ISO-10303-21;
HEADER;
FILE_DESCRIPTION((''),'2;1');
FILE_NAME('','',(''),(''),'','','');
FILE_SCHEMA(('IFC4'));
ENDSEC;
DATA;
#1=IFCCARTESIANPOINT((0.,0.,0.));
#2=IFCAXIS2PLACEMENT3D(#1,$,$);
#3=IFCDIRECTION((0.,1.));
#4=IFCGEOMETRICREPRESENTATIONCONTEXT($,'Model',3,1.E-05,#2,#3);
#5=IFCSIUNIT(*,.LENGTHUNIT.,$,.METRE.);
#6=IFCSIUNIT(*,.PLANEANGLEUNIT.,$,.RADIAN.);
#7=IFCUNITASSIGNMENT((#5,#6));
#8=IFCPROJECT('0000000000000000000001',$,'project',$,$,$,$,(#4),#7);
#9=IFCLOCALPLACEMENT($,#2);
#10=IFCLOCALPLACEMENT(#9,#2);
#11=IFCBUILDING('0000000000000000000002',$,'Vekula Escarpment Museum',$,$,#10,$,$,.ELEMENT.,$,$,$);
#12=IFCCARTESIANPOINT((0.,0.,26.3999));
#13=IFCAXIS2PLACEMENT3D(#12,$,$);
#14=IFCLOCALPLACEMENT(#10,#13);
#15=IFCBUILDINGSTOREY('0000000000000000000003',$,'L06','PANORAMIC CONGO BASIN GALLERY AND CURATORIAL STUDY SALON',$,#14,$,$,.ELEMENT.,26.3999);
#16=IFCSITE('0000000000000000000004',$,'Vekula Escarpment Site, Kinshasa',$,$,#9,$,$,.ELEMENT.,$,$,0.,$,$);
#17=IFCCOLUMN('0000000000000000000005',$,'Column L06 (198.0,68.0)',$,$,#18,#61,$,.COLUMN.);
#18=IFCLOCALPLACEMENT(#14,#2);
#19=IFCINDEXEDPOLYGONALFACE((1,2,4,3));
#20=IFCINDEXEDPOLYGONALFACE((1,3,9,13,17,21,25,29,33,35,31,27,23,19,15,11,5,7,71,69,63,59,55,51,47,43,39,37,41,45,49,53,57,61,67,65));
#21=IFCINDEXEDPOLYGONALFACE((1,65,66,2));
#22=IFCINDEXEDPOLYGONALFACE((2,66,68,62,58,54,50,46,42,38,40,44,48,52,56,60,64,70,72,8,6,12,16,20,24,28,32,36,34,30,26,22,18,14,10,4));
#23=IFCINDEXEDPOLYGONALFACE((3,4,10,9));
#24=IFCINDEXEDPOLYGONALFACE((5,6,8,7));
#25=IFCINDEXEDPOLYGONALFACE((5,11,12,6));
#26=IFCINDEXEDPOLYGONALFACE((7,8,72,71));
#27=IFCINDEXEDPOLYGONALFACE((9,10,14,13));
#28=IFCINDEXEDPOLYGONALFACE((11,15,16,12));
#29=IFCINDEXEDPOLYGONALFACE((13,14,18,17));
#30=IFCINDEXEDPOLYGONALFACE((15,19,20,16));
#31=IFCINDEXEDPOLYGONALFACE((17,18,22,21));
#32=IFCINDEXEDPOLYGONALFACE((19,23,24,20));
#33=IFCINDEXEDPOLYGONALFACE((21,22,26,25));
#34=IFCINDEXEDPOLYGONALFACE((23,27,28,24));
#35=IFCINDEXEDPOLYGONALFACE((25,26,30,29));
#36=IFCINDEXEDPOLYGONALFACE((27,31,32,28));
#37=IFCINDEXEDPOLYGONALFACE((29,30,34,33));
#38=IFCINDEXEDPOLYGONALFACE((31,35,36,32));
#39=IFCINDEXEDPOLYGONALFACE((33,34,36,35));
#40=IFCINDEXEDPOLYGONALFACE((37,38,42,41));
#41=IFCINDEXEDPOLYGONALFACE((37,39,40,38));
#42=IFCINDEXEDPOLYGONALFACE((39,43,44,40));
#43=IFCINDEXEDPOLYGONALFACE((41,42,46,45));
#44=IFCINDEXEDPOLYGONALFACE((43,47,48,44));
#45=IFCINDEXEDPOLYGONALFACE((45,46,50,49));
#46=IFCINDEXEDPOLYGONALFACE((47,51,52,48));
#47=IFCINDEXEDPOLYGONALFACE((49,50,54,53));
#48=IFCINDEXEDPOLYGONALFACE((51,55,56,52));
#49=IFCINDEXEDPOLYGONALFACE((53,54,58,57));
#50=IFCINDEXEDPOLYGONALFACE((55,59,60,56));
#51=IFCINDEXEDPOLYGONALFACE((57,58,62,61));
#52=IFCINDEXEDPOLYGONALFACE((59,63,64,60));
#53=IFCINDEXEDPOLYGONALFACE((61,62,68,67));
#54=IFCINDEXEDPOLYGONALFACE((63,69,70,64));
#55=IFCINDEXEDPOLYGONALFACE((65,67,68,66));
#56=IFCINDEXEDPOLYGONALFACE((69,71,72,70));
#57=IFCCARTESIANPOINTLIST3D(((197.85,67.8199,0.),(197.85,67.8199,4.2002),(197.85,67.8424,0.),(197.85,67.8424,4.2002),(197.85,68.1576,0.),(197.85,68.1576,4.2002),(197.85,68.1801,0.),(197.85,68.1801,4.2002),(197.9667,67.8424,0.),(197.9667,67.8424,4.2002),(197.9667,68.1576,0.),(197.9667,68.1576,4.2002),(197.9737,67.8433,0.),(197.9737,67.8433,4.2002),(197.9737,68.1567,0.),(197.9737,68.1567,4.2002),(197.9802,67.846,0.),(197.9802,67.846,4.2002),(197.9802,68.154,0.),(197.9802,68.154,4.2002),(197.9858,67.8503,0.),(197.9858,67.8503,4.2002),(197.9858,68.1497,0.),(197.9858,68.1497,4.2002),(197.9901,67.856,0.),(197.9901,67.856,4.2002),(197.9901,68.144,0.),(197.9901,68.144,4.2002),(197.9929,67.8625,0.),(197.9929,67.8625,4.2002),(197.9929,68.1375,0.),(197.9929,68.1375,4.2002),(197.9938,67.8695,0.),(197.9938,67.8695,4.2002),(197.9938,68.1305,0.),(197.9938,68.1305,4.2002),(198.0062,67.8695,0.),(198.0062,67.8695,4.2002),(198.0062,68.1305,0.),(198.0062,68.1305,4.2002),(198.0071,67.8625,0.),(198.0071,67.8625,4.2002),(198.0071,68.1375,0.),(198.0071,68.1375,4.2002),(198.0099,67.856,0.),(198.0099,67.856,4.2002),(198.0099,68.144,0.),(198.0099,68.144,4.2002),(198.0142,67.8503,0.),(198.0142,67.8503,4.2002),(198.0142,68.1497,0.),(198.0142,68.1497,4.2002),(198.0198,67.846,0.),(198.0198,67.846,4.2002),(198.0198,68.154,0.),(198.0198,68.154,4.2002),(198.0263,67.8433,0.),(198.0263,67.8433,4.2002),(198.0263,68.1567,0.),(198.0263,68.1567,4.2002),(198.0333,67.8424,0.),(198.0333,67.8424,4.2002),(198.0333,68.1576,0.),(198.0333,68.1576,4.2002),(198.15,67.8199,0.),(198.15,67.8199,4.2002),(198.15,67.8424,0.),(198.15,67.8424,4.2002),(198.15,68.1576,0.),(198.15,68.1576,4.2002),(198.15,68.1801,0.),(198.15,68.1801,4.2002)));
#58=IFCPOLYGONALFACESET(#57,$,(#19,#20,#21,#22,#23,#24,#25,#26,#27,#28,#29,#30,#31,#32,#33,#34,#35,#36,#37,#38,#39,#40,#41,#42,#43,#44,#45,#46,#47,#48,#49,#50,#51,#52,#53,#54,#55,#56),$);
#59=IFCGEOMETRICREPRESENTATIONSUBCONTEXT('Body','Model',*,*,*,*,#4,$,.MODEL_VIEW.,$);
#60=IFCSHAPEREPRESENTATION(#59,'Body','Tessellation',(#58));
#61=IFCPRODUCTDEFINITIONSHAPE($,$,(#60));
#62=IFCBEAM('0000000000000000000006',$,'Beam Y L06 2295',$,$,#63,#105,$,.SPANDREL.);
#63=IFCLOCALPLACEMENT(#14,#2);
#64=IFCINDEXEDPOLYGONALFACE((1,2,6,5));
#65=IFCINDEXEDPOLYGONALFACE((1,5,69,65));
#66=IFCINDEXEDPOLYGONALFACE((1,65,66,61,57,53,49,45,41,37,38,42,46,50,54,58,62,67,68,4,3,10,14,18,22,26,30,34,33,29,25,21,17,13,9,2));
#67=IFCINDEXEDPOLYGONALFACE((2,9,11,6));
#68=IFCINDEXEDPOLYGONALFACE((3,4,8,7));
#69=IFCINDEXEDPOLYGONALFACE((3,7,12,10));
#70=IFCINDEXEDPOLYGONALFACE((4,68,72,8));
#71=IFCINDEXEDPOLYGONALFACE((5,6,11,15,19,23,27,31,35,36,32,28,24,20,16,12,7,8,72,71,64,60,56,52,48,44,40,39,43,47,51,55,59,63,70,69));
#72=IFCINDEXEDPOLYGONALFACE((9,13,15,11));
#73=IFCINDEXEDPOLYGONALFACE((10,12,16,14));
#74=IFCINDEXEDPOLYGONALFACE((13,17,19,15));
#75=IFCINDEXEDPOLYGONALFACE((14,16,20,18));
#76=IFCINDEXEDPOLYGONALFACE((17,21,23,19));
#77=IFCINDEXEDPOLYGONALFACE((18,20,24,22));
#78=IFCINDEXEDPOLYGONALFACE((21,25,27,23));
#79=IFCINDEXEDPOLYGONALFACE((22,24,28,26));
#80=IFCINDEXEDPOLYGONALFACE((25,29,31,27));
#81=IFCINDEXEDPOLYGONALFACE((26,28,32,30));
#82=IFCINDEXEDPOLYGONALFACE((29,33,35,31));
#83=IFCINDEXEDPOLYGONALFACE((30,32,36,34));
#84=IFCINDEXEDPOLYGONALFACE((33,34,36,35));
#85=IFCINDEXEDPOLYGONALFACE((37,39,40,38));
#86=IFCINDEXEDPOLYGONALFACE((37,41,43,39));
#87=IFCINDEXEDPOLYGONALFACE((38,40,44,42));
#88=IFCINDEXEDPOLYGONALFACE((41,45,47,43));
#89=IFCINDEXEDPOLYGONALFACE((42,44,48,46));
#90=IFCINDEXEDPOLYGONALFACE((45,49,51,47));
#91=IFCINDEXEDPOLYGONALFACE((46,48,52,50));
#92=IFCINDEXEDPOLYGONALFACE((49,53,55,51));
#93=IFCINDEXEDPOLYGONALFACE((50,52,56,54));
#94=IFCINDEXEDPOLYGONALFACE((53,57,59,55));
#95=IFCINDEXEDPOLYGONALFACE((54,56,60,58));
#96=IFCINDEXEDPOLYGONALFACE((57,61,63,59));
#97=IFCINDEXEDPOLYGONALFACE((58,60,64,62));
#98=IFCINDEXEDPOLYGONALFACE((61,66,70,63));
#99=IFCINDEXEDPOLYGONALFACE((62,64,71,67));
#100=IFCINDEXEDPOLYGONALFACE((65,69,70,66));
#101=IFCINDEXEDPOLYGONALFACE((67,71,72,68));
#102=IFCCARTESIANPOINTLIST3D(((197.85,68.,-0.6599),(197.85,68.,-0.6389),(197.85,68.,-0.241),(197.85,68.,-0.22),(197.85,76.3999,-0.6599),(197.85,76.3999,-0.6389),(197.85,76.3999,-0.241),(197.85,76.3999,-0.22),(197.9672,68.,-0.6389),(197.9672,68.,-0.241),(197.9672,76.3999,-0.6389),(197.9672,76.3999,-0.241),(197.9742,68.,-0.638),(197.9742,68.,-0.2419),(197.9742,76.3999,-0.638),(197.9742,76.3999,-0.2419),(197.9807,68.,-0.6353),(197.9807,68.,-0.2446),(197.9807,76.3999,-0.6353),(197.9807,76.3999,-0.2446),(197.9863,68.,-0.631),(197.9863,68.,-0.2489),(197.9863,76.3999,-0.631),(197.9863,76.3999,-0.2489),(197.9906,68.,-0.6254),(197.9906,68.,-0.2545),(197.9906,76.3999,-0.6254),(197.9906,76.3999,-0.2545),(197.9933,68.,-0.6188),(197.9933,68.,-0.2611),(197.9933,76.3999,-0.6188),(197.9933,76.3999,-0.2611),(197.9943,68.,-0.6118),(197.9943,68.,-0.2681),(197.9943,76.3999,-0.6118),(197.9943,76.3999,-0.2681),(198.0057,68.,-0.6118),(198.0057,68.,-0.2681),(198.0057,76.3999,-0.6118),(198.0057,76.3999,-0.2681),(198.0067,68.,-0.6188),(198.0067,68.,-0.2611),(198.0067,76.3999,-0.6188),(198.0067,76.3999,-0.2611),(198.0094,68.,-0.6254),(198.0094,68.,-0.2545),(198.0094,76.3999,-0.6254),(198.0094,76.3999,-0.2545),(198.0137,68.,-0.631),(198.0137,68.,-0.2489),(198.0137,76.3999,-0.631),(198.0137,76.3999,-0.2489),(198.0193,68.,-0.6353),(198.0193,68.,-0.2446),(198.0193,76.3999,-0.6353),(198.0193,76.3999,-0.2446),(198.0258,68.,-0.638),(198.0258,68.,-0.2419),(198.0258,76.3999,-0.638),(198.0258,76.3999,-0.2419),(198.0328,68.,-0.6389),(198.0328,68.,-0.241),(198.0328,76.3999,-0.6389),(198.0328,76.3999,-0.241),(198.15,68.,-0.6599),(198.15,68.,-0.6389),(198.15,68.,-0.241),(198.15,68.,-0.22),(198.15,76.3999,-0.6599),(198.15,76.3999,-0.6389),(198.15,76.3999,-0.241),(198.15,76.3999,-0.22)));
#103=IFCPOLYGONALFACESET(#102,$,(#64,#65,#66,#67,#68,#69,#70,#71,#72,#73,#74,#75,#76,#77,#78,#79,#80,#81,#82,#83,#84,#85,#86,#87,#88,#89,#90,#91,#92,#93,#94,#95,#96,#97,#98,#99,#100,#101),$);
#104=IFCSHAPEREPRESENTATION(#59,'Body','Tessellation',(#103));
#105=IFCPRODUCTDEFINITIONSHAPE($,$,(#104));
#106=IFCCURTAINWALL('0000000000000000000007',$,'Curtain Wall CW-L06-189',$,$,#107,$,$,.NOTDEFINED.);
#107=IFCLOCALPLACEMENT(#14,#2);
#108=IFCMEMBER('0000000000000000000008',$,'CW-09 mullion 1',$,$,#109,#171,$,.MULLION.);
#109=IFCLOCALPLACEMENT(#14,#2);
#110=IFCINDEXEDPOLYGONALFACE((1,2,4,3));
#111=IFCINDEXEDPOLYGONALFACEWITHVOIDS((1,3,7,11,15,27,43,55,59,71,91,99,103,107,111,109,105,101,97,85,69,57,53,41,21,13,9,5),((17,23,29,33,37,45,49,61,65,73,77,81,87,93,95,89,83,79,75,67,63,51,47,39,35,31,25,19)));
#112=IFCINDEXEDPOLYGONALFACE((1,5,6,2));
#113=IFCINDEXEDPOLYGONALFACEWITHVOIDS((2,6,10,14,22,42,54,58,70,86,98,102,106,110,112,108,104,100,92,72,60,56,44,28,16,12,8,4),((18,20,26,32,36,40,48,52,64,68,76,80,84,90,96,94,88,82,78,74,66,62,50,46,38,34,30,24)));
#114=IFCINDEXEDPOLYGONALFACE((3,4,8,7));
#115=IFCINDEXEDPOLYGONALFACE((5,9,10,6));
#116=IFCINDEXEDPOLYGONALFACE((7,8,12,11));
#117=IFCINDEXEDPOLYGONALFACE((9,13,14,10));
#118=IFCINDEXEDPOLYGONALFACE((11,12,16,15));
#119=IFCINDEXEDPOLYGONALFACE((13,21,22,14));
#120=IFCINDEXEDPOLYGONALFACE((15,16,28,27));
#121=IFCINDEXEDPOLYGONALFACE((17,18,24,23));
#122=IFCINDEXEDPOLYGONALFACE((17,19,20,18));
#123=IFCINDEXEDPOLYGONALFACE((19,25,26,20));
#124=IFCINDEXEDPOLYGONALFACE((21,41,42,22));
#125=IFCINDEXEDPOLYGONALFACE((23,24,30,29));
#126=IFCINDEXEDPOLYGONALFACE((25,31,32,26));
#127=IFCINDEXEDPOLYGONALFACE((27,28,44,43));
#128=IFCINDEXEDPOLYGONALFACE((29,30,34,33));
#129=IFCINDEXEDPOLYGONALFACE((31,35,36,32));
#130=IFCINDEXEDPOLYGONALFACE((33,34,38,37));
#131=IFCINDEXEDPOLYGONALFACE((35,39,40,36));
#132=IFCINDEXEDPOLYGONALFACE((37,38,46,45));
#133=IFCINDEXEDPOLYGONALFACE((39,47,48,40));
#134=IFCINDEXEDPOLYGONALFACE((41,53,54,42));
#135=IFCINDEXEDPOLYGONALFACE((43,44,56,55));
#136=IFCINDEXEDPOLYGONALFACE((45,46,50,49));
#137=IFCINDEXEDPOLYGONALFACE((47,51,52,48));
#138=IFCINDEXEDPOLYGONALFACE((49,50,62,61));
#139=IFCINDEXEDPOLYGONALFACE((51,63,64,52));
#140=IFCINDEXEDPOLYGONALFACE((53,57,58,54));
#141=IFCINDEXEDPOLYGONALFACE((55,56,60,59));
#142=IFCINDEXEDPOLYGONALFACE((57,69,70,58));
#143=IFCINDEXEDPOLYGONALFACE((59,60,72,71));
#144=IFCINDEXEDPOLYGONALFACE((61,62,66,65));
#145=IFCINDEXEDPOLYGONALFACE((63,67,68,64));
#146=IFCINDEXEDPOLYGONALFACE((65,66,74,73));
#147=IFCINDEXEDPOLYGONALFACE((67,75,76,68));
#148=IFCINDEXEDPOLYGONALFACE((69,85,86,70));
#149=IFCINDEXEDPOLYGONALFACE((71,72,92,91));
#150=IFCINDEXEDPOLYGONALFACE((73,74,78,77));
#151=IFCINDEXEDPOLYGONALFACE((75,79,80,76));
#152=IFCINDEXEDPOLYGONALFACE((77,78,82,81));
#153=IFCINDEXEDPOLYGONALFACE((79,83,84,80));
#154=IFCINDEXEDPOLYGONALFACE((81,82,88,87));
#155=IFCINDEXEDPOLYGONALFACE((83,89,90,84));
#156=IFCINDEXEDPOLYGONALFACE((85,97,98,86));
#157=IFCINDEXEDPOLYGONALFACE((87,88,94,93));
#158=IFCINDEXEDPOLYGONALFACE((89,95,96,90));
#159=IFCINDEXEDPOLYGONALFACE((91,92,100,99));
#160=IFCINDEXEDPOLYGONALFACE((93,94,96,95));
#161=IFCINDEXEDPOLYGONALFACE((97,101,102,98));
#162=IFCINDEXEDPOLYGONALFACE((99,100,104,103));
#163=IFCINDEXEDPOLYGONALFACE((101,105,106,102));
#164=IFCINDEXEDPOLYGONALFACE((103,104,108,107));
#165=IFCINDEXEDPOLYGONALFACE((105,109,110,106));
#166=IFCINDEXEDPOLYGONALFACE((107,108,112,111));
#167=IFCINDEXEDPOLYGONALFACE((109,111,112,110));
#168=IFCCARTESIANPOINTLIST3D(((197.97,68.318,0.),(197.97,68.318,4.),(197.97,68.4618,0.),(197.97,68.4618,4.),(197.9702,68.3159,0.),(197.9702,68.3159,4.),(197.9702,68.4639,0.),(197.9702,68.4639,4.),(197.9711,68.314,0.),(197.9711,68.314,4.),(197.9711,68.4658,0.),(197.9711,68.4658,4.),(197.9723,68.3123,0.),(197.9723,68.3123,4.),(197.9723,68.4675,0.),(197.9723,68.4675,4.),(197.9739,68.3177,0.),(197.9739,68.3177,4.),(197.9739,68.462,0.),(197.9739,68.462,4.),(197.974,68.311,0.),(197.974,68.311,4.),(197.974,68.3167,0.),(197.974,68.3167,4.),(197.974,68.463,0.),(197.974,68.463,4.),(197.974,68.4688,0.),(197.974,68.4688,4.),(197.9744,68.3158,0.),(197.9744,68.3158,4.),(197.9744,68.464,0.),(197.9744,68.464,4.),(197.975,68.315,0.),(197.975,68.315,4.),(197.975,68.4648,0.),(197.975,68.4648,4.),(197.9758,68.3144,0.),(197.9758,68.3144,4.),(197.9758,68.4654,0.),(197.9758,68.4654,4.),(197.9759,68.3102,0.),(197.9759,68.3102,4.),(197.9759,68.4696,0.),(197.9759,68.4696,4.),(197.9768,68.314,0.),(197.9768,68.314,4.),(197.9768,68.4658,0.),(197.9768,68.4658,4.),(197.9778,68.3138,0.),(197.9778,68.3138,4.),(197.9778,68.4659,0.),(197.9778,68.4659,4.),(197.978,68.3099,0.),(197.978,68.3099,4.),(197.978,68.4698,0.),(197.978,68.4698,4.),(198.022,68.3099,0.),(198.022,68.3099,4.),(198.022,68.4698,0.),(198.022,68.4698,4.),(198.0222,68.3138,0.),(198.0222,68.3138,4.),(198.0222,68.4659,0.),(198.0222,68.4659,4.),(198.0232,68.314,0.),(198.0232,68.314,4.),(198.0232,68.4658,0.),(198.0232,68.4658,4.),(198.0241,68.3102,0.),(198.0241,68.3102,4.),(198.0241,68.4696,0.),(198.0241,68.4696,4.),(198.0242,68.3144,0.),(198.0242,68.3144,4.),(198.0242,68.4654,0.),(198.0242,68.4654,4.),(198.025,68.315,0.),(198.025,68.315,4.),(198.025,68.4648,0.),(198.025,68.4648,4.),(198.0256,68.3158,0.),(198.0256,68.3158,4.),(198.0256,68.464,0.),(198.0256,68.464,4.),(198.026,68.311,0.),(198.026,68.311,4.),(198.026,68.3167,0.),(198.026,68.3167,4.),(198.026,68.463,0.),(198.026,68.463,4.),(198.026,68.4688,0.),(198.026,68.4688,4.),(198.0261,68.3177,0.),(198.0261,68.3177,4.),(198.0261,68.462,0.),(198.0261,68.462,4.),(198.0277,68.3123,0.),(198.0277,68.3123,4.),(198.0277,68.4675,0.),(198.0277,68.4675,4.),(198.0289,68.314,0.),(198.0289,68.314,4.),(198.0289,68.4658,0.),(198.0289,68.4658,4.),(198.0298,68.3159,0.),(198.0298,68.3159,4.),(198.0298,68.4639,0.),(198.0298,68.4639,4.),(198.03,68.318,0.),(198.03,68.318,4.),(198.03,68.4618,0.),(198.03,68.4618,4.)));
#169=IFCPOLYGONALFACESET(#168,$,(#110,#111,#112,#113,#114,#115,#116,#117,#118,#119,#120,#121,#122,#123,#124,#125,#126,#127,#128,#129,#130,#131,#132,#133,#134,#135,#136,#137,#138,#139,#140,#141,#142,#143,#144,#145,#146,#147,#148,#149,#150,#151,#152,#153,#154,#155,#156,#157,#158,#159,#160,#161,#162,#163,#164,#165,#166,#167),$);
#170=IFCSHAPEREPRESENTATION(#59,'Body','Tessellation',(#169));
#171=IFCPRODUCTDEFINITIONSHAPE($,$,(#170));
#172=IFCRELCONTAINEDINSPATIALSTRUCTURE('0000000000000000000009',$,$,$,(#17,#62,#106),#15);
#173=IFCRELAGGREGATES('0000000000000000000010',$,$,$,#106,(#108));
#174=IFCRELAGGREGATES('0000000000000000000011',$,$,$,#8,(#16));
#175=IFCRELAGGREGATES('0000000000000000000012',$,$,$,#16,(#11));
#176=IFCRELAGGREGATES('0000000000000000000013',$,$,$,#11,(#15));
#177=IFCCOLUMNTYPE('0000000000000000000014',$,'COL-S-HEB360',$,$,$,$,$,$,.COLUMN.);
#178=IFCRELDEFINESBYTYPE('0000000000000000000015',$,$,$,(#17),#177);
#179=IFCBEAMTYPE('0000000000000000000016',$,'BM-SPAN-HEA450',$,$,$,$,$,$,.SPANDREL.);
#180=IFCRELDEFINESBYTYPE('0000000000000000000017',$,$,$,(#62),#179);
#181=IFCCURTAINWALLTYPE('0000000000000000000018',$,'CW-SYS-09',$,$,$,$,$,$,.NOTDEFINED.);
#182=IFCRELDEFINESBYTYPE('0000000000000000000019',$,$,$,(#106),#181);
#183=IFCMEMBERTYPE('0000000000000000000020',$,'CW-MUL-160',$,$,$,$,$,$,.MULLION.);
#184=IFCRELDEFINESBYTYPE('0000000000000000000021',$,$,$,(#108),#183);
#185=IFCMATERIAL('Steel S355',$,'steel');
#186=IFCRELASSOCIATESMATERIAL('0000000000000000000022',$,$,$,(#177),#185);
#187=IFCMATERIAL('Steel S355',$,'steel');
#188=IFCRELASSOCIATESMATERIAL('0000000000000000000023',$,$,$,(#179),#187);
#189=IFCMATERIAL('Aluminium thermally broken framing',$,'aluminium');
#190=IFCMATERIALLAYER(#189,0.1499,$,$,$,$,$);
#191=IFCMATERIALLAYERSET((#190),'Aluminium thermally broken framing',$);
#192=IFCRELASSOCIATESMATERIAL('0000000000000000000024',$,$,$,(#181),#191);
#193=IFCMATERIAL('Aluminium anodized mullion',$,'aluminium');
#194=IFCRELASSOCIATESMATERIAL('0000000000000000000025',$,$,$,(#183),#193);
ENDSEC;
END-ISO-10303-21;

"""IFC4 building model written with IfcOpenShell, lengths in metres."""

from ifc_helpers import new_model, si_unit, direction, frame, origin, origin_2d, place, context, subcontext, project, spatial, hollow_rectangle, i_section, extrude, material, layer, layer_set, material_profile, profile_set, type_object, element, aggregate, save


model = new_model("IFC4")

# Units and contexts
model_context = context("Model", 3, precision=1e-05, world=origin(), true_north=direction((0.0, 1.0)))
body_context = subcontext(model_context, "Body", "Model", "MODEL_VIEW")
ifc_project = project(units=[si_unit("LENGTHUNIT", "METRE"), si_unit("PLANEANGLEUNIT", "RADIAN")], contexts=[model_context])

# Site, building, storey
site_placement = place(None, origin())
site = spatial("IfcSite", under=ifc_project, at=site_placement, Name="Vekula Escarpment Site, Kinshasa", CompositionType="ELEMENT", RefElevation=0.0)
building_placement = place(site_placement, origin())
building = spatial("IfcBuilding", under=site, at=building_placement, Name="Vekula Escarpment Museum", CompositionType="ELEMENT")
storey_placement = place(building_placement, frame((0.0, 0.0, 26.3999)))
storey = spatial("IfcBuildingStorey", under=building, at=storey_placement, Name="L06", Description="PANORAMIC CONGO BASIN GALLERY AND CURATORIAL STUDY SALON", CompositionType="ELEMENT", Elevation=26.3999)

# Column
ifc_material_1 = material(Name="Steel S355", Category="steel")
ifc_material_profile_1 = material_profile(ifc_material_1, i_section(OverallWidth=0.3, OverallDepth=0.3601, WebThickness=0.0125, FlangeThickness=0.0225, FilletRadius=0.0271, at=origin_2d()), Name="HEB 360")
ifc_profile_set_1 = profile_set([ifc_material_profile_1], Name="Steel S355")
column_type = type_object("IfcColumnType", Name="COL-S-HEB360", PredefinedType="COLUMN", material=ifc_profile_set_1)
column_placement = place(storey_placement, frame((198.0, 68.0, 0.0), z_axis=(0.0, 0.0, 1.0), x_axis=(1.0, 0.0, 0.0)))
element("IfcColumn", 1, at=column_placement, inside=storey, type_object=column_type, Name="Column L06 (198.0,68.0)", PredefinedType="COLUMN", context=body_context, shape_type="SweptSolid", body=[
    extrude(i_section(OverallWidth=0.3, OverallDepth=0.3601, WebThickness=0.0125, FlangeThickness=0.0225, FilletRadius=0.0271, at=origin_2d()), origin(), (0.0, 0.0, 1.0), 4.2002),
])

# Beam
ifc_material_2 = material(Name="Steel S355", Category="steel")
ifc_material_profile_2 = material_profile(ifc_material_2, i_section(OverallWidth=0.3, OverallDepth=0.4399, WebThickness=0.0115, FlangeThickness=0.021, FilletRadius=0.0271, at=origin_2d()), Name="HEA 450")
ifc_profile_set_2 = profile_set([ifc_material_profile_2], Name="Steel S355")
beam_type = type_object("IfcBeamType", Name="BM-SPAN-HEA450", PredefinedType="SPANDREL", material=ifc_profile_set_2)
beam_placement = place(storey_placement, frame((198.0, 68.0, -0.4399), z_axis=(0.0, 1.0, 0.0), x_axis=(-1.0, 0.0, 0.0)))
element("IfcBeam", 2, at=beam_placement, inside=storey, type_object=beam_type, Name="Beam Y L06 2295", PredefinedType="SPANDREL", context=body_context, shape_type="SweptSolid", body=[
    extrude(i_section(OverallWidth=0.3, OverallDepth=0.4399, WebThickness=0.0115, FlangeThickness=0.021, FilletRadius=0.0271, at=origin_2d()), origin(), (0.0, 0.0, 1.0), 8.3999),
])

# Curtain wall, member
ifc_material_3 = material(Name="Aluminium thermally broken framing", Category="aluminium")
ifc_layer_1 = layer(ifc_material_3, 0.1499)
ifc_layer_set_1 = layer_set([ifc_layer_1], Name="Aluminium thermally broken framing")
curtain_wall_type = type_object("IfcCurtainWallType", Name="CW-SYS-09", PredefinedType="NOTDEFINED", material=ifc_layer_set_1)
curtain_wall_placement = place(storey_placement, origin())
curtain_wall = element("IfcCurtainWall", 3, at=curtain_wall_placement, inside=storey, type_object=curtain_wall_type, Name="Curtain Wall CW-L06-189", PredefinedType="NOTDEFINED")
ifc_material_4 = material(Name="Aluminium anodized mullion", Category="aluminium")
ifc_material_profile_3 = material_profile(ifc_material_4, hollow_rectangle(XDim=0.0601, YDim=0.1599, WallThickness=0.0039, InnerFilletRadius=0.0039, OuterFilletRadius=0.0081, at=origin_2d()), Name="ALU 160x60x4")
ifc_profile_set_3 = profile_set([ifc_material_profile_3], Name="Aluminium anodized mullion")
member_type_1 = type_object("IfcMemberType", Name="CW-MUL-160", PredefinedType="MULLION", material=ifc_profile_set_3)
member_1_placement = place(storey_placement, frame((198.0, 68.3899, 0.0), z_axis=(0.0, 0.0, 1.0), x_axis=(-1.0, 0.0, 0.0)))
member_1 = element("IfcMember", 4, at=member_1_placement, type_object=member_type_1, Name="CW-09 mullion 1", PredefinedType="MULLION", context=body_context, shape_type="SweptSolid", body=[
    extrude(hollow_rectangle(XDim=0.0601, YDim=0.1599, WallThickness=0.0039, InnerFilletRadius=0.0039, OuterFilletRadius=0.0081, at=origin_2d()), origin(), (0.0, 0.0, 1.0), 4.0),
])

aggregate(curtain_wall, [member_1])

save(model, "model.ifc")
